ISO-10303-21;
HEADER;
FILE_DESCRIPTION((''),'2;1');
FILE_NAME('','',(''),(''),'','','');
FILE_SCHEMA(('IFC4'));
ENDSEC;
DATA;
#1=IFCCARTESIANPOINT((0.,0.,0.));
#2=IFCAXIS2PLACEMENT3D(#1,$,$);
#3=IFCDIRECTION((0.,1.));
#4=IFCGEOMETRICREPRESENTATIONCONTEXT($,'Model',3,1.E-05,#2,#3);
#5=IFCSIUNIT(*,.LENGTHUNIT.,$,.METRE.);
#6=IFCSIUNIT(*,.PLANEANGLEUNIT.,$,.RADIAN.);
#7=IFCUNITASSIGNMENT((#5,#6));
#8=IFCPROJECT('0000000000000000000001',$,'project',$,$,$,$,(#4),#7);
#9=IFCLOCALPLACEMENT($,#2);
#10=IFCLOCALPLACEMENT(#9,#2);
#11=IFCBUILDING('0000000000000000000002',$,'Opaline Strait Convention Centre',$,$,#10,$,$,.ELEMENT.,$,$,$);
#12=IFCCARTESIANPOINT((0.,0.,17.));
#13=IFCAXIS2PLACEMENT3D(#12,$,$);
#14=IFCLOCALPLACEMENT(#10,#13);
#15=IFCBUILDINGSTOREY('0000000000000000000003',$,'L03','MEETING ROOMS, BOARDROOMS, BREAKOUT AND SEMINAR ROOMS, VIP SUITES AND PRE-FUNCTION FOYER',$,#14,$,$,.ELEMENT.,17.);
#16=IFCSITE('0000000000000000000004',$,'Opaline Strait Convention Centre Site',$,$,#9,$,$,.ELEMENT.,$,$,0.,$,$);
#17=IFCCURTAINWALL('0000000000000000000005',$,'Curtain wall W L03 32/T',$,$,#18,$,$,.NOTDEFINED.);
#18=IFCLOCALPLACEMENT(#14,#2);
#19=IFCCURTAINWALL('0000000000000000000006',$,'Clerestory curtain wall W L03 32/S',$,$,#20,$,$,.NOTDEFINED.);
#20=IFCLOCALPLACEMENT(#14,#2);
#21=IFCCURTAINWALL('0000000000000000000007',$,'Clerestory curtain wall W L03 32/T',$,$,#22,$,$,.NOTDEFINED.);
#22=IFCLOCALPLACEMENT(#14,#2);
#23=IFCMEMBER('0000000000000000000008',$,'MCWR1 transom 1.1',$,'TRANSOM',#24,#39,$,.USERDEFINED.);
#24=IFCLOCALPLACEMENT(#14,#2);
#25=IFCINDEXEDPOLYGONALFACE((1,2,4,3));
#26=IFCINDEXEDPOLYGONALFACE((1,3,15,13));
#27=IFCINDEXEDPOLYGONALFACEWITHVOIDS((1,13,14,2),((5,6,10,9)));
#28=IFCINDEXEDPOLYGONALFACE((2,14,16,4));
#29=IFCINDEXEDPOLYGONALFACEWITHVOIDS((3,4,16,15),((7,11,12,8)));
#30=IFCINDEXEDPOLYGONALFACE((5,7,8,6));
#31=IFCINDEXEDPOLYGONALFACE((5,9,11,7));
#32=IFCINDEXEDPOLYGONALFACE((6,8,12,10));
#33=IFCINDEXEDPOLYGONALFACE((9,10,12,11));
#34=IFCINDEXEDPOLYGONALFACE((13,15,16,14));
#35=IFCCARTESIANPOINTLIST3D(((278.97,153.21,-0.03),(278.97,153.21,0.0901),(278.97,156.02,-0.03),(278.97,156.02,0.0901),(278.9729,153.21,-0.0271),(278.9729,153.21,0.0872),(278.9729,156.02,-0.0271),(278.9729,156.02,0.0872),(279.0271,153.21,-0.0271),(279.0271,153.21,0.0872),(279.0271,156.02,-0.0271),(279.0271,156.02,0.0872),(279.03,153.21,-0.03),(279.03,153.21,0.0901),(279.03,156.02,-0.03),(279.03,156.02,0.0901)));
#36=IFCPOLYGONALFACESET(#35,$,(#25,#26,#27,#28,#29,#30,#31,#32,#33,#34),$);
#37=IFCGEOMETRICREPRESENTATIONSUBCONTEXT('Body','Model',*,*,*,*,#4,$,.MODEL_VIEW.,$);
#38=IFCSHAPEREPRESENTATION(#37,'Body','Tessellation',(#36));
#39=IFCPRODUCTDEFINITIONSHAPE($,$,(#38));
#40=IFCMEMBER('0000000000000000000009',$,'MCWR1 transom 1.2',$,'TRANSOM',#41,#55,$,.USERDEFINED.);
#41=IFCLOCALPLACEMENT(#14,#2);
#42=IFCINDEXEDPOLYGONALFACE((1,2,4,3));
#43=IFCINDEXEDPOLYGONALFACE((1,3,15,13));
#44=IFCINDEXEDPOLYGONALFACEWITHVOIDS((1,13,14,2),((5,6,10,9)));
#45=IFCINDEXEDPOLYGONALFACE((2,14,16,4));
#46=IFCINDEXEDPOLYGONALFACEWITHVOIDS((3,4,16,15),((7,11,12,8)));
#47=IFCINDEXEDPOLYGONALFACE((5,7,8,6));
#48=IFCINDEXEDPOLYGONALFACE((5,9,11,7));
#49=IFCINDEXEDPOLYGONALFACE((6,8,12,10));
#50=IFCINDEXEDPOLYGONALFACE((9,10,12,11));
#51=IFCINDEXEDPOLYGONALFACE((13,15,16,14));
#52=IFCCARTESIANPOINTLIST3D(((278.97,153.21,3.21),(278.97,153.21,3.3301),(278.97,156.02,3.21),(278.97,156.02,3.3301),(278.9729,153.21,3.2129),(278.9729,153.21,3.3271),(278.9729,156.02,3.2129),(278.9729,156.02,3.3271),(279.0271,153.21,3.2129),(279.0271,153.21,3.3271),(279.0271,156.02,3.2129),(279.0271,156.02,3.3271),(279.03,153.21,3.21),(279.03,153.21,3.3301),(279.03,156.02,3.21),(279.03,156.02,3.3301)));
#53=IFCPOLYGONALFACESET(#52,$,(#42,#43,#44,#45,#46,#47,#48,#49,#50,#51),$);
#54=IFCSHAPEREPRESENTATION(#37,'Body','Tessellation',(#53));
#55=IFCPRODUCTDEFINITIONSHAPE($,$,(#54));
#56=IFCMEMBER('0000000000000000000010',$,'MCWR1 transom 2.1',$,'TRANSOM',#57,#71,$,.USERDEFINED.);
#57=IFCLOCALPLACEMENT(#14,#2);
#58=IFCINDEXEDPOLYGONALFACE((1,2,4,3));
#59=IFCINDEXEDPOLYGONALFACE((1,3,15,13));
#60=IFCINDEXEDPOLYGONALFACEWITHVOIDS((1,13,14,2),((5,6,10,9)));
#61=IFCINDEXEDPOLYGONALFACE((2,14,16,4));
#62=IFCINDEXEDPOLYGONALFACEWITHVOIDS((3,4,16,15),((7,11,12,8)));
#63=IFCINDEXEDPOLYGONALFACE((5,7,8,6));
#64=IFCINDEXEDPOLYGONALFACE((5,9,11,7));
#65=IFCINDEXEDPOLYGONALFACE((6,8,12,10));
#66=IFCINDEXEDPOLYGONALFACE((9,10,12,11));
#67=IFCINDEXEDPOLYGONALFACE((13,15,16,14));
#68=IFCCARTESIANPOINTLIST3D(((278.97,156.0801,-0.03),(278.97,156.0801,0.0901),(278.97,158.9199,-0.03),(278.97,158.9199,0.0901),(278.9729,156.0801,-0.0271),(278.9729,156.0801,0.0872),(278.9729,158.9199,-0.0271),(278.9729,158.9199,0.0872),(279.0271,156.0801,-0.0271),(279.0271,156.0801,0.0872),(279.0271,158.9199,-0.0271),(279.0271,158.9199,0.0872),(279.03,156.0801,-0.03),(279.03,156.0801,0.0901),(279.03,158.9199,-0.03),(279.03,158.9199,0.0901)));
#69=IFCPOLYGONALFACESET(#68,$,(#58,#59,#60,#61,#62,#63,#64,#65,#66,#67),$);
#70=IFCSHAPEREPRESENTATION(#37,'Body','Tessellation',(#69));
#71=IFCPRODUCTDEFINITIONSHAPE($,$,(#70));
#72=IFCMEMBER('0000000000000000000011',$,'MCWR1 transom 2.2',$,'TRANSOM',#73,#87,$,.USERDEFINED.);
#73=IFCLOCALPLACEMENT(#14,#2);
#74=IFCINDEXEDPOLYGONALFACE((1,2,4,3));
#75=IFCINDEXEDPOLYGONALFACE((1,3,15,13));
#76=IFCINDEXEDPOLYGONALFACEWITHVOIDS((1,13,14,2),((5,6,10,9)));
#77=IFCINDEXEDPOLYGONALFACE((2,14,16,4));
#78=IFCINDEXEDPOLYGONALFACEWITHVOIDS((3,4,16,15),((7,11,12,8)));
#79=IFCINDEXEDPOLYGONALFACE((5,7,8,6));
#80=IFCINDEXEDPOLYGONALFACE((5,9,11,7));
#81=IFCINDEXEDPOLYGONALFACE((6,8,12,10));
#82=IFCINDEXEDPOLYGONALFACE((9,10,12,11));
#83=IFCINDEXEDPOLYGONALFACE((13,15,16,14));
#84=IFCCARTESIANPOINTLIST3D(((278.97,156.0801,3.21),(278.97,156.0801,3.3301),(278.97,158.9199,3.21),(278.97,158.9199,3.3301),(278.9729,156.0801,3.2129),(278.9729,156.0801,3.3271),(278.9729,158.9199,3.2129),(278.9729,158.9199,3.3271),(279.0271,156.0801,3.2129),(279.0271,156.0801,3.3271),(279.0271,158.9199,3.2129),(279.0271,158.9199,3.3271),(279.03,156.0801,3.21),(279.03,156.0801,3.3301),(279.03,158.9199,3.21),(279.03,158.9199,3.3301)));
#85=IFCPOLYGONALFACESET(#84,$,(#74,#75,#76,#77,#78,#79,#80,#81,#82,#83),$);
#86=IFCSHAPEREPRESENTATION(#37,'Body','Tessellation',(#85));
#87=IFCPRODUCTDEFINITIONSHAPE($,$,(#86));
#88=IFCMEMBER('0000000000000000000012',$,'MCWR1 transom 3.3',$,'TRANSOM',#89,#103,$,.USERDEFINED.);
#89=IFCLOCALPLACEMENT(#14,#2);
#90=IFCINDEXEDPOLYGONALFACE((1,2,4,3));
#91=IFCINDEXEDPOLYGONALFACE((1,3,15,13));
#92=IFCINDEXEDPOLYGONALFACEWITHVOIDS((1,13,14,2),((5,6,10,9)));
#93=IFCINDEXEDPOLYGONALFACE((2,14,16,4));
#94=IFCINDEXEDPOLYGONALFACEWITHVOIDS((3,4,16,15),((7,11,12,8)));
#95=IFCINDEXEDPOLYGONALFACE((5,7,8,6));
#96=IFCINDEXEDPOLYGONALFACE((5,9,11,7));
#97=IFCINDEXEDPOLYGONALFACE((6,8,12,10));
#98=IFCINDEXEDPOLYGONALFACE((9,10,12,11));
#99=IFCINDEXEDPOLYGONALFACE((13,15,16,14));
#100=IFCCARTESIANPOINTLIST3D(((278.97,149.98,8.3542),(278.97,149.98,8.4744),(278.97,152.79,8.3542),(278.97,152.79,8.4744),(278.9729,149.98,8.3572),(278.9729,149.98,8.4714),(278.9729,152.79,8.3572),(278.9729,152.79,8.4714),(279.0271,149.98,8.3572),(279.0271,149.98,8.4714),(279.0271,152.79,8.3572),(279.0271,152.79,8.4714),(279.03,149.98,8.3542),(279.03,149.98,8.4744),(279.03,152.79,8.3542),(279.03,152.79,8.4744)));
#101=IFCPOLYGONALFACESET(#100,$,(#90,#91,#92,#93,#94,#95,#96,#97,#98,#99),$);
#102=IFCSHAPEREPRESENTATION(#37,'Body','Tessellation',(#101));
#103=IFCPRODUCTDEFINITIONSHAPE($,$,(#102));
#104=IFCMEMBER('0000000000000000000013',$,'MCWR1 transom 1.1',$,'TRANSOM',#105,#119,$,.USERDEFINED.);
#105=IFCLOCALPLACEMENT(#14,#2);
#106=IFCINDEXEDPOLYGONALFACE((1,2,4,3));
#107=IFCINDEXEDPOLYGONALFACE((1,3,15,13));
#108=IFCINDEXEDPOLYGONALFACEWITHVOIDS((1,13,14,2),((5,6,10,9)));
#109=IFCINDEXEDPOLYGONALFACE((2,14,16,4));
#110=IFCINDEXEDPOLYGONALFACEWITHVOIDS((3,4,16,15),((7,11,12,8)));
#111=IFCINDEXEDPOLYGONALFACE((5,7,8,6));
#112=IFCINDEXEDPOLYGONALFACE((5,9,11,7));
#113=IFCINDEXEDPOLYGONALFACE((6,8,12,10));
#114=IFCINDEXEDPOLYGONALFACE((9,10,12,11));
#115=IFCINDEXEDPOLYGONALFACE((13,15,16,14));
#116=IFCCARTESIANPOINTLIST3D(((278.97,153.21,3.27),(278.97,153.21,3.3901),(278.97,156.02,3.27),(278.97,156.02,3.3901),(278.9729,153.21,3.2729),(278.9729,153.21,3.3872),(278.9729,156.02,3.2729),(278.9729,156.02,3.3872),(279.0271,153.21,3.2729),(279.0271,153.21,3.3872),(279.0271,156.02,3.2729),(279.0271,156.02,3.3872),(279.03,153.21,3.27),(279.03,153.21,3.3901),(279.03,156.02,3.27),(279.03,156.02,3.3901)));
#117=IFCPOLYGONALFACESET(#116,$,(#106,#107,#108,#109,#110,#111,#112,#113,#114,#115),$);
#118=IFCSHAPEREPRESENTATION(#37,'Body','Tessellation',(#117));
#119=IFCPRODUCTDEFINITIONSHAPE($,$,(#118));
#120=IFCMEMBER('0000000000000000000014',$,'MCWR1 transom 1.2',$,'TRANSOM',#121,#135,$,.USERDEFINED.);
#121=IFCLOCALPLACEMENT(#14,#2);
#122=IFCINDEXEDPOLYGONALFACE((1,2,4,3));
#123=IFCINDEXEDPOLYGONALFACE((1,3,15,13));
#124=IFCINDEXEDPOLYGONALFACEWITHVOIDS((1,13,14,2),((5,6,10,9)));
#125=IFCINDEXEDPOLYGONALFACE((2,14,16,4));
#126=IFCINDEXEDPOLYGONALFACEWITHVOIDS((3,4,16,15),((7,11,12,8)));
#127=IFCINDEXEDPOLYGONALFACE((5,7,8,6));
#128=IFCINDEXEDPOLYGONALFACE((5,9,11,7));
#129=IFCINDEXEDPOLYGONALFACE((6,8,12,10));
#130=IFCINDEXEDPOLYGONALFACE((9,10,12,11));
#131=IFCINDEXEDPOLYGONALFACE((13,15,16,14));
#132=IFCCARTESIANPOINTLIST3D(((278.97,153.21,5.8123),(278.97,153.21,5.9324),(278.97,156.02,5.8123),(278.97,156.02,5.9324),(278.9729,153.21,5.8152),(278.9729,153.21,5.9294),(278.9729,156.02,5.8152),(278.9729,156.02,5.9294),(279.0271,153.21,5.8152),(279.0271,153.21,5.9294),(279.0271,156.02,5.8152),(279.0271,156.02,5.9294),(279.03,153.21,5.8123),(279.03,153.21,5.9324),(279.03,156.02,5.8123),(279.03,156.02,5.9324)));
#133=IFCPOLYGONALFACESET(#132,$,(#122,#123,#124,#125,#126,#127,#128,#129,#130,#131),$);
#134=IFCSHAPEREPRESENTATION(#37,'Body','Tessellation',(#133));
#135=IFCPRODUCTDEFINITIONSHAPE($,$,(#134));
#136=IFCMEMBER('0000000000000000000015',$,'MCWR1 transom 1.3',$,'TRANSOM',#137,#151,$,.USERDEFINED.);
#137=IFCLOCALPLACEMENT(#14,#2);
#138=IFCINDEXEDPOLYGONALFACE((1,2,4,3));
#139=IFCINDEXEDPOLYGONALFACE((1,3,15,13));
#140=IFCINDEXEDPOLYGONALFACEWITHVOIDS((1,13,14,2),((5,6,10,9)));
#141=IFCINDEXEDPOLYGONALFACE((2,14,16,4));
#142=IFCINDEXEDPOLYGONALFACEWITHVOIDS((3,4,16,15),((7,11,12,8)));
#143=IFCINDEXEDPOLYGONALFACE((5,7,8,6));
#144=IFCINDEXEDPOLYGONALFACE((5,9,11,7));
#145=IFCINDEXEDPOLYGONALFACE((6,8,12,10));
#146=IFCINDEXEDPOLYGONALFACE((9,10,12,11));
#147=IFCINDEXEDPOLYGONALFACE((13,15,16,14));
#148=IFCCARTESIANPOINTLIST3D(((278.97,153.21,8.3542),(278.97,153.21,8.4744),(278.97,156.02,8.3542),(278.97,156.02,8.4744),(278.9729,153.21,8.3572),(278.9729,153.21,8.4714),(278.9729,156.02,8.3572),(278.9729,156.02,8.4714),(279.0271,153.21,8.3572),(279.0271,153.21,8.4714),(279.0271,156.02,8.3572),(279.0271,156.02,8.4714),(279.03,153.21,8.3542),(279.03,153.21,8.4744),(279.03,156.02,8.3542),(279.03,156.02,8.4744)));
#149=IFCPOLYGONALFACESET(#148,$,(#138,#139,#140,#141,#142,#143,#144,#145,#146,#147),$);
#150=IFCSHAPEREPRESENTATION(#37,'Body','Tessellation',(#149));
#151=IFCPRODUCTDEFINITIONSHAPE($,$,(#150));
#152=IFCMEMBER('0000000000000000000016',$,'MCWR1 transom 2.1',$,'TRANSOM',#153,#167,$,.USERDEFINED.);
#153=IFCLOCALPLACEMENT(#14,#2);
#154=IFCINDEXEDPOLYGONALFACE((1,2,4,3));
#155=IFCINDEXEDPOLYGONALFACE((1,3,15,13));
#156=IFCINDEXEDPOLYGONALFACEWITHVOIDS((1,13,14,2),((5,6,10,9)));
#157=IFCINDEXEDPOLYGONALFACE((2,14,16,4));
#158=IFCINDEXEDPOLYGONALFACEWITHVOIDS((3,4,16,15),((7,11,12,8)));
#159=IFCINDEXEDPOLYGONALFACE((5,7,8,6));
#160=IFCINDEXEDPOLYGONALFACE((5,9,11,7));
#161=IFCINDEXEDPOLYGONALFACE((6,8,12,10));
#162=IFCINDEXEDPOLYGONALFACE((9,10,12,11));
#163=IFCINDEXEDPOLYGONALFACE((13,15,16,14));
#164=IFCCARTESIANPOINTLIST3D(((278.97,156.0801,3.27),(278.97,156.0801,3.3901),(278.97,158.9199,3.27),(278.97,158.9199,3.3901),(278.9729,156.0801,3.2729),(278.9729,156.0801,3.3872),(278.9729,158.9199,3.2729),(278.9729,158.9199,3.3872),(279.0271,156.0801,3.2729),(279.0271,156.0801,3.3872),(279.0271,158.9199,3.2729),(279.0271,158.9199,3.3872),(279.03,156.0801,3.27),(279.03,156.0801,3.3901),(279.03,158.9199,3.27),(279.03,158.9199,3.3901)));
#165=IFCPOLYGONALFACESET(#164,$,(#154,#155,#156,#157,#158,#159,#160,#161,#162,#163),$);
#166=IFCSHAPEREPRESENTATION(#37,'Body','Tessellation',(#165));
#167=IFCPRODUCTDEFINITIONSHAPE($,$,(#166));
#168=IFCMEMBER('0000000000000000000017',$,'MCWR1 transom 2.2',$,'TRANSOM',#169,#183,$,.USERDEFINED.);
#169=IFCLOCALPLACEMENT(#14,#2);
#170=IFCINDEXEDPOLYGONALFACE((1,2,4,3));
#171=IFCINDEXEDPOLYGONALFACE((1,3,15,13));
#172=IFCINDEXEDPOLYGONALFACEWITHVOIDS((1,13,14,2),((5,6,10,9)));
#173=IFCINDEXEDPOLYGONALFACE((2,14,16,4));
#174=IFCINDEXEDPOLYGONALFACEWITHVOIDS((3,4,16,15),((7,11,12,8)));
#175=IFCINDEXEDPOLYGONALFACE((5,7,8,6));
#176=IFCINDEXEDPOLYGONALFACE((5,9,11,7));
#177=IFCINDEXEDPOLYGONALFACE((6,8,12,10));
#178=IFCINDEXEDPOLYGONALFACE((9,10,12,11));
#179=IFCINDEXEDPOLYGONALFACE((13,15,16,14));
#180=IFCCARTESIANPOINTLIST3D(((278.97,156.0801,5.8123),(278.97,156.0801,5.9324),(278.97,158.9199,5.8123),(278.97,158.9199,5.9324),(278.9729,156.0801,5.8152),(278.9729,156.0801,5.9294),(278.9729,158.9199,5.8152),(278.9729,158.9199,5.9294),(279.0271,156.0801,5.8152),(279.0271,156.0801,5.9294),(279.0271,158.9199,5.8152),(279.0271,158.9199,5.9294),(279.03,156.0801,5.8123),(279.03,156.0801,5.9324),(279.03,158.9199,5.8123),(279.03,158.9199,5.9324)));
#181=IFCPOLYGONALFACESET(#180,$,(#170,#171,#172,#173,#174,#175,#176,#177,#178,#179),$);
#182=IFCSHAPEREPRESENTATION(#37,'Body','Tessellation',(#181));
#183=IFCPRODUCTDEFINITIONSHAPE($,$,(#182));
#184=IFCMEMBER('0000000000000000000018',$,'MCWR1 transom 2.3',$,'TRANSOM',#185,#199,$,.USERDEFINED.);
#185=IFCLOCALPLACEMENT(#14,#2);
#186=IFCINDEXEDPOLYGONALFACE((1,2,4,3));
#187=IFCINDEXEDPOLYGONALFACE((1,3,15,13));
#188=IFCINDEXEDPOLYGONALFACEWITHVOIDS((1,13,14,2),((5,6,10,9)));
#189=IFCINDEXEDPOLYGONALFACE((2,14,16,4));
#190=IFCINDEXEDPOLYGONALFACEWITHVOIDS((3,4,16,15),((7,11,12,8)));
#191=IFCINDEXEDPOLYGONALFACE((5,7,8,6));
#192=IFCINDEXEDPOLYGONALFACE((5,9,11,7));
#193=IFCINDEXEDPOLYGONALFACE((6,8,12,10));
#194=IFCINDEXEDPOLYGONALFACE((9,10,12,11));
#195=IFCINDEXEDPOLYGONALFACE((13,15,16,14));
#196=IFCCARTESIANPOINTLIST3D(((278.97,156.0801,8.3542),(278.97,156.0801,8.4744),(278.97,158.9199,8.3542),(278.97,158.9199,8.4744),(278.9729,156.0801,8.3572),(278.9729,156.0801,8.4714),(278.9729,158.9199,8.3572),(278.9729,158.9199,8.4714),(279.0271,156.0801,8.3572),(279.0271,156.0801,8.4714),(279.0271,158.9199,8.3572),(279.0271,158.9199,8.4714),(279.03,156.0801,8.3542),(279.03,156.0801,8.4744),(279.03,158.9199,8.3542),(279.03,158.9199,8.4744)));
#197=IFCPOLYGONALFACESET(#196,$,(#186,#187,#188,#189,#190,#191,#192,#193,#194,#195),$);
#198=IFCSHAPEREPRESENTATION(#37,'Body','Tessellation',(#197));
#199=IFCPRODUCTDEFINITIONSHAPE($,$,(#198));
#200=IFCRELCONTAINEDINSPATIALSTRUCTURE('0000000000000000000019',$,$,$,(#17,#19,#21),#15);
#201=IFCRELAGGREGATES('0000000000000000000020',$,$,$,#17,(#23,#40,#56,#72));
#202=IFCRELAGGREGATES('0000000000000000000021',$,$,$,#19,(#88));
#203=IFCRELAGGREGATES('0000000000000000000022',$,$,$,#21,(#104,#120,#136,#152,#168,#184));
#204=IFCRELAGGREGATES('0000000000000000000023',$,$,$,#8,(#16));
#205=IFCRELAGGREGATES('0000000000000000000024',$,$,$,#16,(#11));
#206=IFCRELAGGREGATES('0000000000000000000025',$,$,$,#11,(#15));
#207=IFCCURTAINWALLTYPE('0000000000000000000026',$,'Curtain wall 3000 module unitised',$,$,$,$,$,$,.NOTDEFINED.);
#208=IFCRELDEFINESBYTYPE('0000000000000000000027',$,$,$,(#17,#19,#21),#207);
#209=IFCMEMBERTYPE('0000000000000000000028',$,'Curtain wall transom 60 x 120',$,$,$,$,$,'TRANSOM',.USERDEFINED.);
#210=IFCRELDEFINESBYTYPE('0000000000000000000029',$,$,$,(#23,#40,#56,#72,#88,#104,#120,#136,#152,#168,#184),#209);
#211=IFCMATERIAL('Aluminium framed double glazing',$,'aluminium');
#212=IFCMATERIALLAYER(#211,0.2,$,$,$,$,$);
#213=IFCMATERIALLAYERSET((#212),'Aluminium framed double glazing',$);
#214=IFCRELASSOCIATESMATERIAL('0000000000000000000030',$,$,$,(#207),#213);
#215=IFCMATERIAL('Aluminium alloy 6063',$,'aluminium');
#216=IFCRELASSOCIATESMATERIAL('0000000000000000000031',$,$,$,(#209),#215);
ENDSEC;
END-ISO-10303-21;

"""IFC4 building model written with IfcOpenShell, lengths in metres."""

from ifc_helpers import new_model, si_unit, direction, frame, origin, origin_2d, place, context, subcontext, project, spatial, hollow_rectangle, extrude, material, layer, layer_set, material_profile, profile_set, type_object, element, aggregate, save


model = new_model("IFC4")

# Units and contexts
model_context = context("Model", 3, precision=1e-05, world=origin(), true_north=direction((0.0, 1.0)))
body_context = subcontext(model_context, "Body", "Model", "MODEL_VIEW")
ifc_project = project(units=[si_unit("LENGTHUNIT", "METRE"), si_unit("PLANEANGLEUNIT", "RADIAN")], contexts=[model_context])

# Site, building, storey
site_placement = place(None, origin())
site = spatial("IfcSite", under=ifc_project, at=site_placement, Name="Opaline Strait Convention Centre Site", CompositionType="ELEMENT", RefElevation=0.0)
building_placement = place(site_placement, origin())
building = spatial("IfcBuilding", under=site, at=building_placement, Name="Opaline Strait Convention Centre", CompositionType="ELEMENT")
storey_placement = place(building_placement, frame((0.0, 0.0, 17.0)))
storey = spatial("IfcBuildingStorey", under=building, at=storey_placement, Name="L03", Description="MEETING ROOMS, BOARDROOMS, BREAKOUT AND SEMINAR ROOMS, VIP SUITES AND PRE-FUNCTION FOYER", CompositionType="ELEMENT", Elevation=17.0)

# Shared definitions
ifc_material_1 = material(Name="Aluminium framed double glazing", Category="aluminium")
ifc_layer_1 = layer(ifc_material_1, 0.2)
ifc_layer_set_1 = layer_set([ifc_layer_1], Name="Aluminium framed double glazing")
curtain_wall_type = type_object("IfcCurtainWallType", Name="Curtain wall 3000 module unitised", PredefinedType="NOTDEFINED", material=ifc_layer_set_1)
ifc_material_2 = material(Name="Aluminium alloy 6063", Category="aluminium")

# Curtain wall
curtain_wall_1_placement = place(storey_placement, origin())
curtain_wall_1 = element("IfcCurtainWall", 1, at=curtain_wall_1_placement, inside=storey, type_object=curtain_wall_type, Name="Curtain wall W L03 32/T", PredefinedType="NOTDEFINED")

# Curtain wall
curtain_wall_2_placement = place(storey_placement, origin())
curtain_wall_2 = element("IfcCurtainWall", 2, at=curtain_wall_2_placement, inside=storey, type_object=curtain_wall_type, Name="Clerestory curtain wall W L03 32/S", PredefinedType="NOTDEFINED")

# Curtain wall
curtain_wall_3_placement = place(storey_placement, origin())
curtain_wall_3 = element("IfcCurtainWall", 3, at=curtain_wall_3_placement, inside=storey, type_object=curtain_wall_type, Name="Clerestory curtain wall W L03 32/T", PredefinedType="NOTDEFINED")

# Members
ifc_material_profile_1 = material_profile(ifc_material_2, hollow_rectangle(XDim=0.0601, YDim=0.1201, WallThickness=0.0029, at=origin_2d()), Name="TRANSOM 60x120x3")
ifc_profile_set_1 = profile_set([ifc_material_profile_1], Name="Aluminium alloy 6063")
member_type_1 = type_object("IfcMemberType", Name="Curtain wall transom 60 x 120", ElementType="TRANSOM", PredefinedType="USERDEFINED", material=ifc_profile_set_1)
member_1_placement = place(storey_placement, frame((279.0, 153.21, 0.03), z_axis=(0.0, 1.0, 0.0), x_axis=(-1.0, 0.0, 0.0)))
member_1 = element("IfcMember", 4, at=member_1_placement, type_object=member_type_1, Name="MCWR1 transom 1.1", ObjectType="TRANSOM", PredefinedType="USERDEFINED", context=body_context, shape_type="SweptSolid", body=[
    extrude(hollow_rectangle(XDim=0.0601, YDim=0.1201, WallThickness=0.0029, at=origin_2d()), origin(), (0.0, 0.0, 1.0), 2.8101),
])
member_2_placement = place(storey_placement, frame((279.0, 153.21, 3.27), z_axis=(0.0, 1.0, 0.0), x_axis=(-1.0, 0.0, 0.0)))
member_2 = element("IfcMember", 5, at=member_2_placement, type_object=member_type_1, Name="MCWR1 transom 1.2", ObjectType="TRANSOM", PredefinedType="USERDEFINED", context=body_context, shape_type="SweptSolid", body=[
    extrude(hollow_rectangle(XDim=0.0601, YDim=0.1201, WallThickness=0.0029, at=origin_2d()), origin(), (0.0, 0.0, 1.0), 2.8101),
])
member_3_placement = place(storey_placement, frame((279.0, 156.0801, 0.03), z_axis=(0.0, 1.0, 0.0), x_axis=(-1.0, 0.0, 0.0)))
member_3 = element("IfcMember", 6, at=member_3_placement, type_object=member_type_1, Name="MCWR1 transom 2.1", ObjectType="TRANSOM", PredefinedType="USERDEFINED", context=body_context, shape_type="SweptSolid", body=[
    extrude(hollow_rectangle(XDim=0.0601, YDim=0.1201, WallThickness=0.0029, at=origin_2d()), origin(), (0.0, 0.0, 1.0), 2.8398),
])
member_4_placement = place(storey_placement, frame((279.0, 156.0801, 3.27), z_axis=(0.0, 1.0, 0.0), x_axis=(-1.0, 0.0, 0.0)))
member_4 = element("IfcMember", 7, at=member_4_placement, type_object=member_type_1, Name="MCWR1 transom 2.2", ObjectType="TRANSOM", PredefinedType="USERDEFINED", context=body_context, shape_type="SweptSolid", body=[
    extrude(hollow_rectangle(XDim=0.0601, YDim=0.1201, WallThickness=0.0029, at=origin_2d()), origin(), (0.0, 0.0, 1.0), 2.8398),
])
member_5_placement = place(storey_placement, frame((279.0, 149.98, 8.4143), z_axis=(0.0, 1.0, 0.0), x_axis=(-1.0, 0.0, 0.0)))
member_5 = element("IfcMember", 8, at=member_5_placement, type_object=member_type_1, Name="MCWR1 transom 3.3", ObjectType="TRANSOM", PredefinedType="USERDEFINED", context=body_context, shape_type="SweptSolid", body=[
    extrude(hollow_rectangle(XDim=0.0601, YDim=0.1201, WallThickness=0.0029, at=origin_2d()), origin(), (0.0, 0.0, 1.0), 2.8101),
])
member_6_placement = place(storey_placement, frame((279.0, 153.21, 3.3301), z_axis=(0.0, 1.0, 0.0), x_axis=(-1.0, 0.0, 0.0)))
member_6 = element("IfcMember", 9, at=member_6_placement, type_object=member_type_1, Name="MCWR1 transom 1.1", ObjectType="TRANSOM", PredefinedType="USERDEFINED", context=body_context, shape_type="SweptSolid", body=[
    extrude(hollow_rectangle(XDim=0.0601, YDim=0.1201, WallThickness=0.0029, at=origin_2d()), origin(), (0.0, 0.0, 1.0), 2.8101),
])
member_7_placement = place(storey_placement, frame((279.0, 153.21, 5.8723), z_axis=(0.0, 1.0, 0.0), x_axis=(-1.0, 0.0, 0.0)))
member_7 = element("IfcMember", 10, at=member_7_placement, type_object=member_type_1, Name="MCWR1 transom 1.2", ObjectType="TRANSOM", PredefinedType="USERDEFINED", context=body_context, shape_type="SweptSolid", body=[
    extrude(hollow_rectangle(XDim=0.0601, YDim=0.1201, WallThickness=0.0029, at=origin_2d()), origin(), (0.0, 0.0, 1.0), 2.8101),
])
member_8_placement = place(storey_placement, frame((279.0, 153.21, 8.4143), z_axis=(0.0, 1.0, 0.0), x_axis=(-1.0, 0.0, 0.0)))
member_8 = element("IfcMember", 11, at=member_8_placement, type_object=member_type_1, Name="MCWR1 transom 1.3", ObjectType="TRANSOM", PredefinedType="USERDEFINED", context=body_context, shape_type="SweptSolid", body=[
    extrude(hollow_rectangle(XDim=0.0601, YDim=0.1201, WallThickness=0.0029, at=origin_2d()), origin(), (0.0, 0.0, 1.0), 2.8101),
])
member_9_placement = place(storey_placement, frame((279.0, 156.0801, 3.3301), z_axis=(0.0, 1.0, 0.0), x_axis=(-1.0, 0.0, 0.0)))
member_9 = element("IfcMember", 12, at=member_9_placement, type_object=member_type_1, Name="MCWR1 transom 2.1", ObjectType="TRANSOM", PredefinedType="USERDEFINED", context=body_context, shape_type="SweptSolid", body=[
    extrude(hollow_rectangle(XDim=0.0601, YDim=0.1201, WallThickness=0.0029, at=origin_2d()), origin(), (0.0, 0.0, 1.0), 2.8398),
])
member_10_placement = place(storey_placement, frame((279.0, 156.0801, 5.8723), z_axis=(0.0, 1.0, 0.0), x_axis=(-1.0, 0.0, 0.0)))
member_10 = element("IfcMember", 13, at=member_10_placement, type_object=member_type_1, Name="MCWR1 transom 2.2", ObjectType="TRANSOM", PredefinedType="USERDEFINED", context=body_context, shape_type="SweptSolid", body=[
    extrude(hollow_rectangle(XDim=0.0601, YDim=0.1201, WallThickness=0.0029, at=origin_2d()), origin(), (0.0, 0.0, 1.0), 2.8398),
])
member_11_placement = place(storey_placement, frame((279.0, 156.0801, 8.4143), z_axis=(0.0, 1.0, 0.0), x_axis=(-1.0, 0.0, 0.0)))
member_11 = element("IfcMember", 14, at=member_11_placement, type_object=member_type_1, Name="MCWR1 transom 2.3", ObjectType="TRANSOM", PredefinedType="USERDEFINED", context=body_context, shape_type="SweptSolid", body=[
    extrude(hollow_rectangle(XDim=0.0601, YDim=0.1201, WallThickness=0.0029, at=origin_2d()), origin(), (0.0, 0.0, 1.0), 2.8398),
])

aggregate(curtain_wall_1, [member_1, member_2, member_3, member_4])
aggregate(curtain_wall_2, [member_5])
aggregate(curtain_wall_3, [member_6, member_7, member_8, member_9, member_10, member_11])

save(model, "model.ifc")
